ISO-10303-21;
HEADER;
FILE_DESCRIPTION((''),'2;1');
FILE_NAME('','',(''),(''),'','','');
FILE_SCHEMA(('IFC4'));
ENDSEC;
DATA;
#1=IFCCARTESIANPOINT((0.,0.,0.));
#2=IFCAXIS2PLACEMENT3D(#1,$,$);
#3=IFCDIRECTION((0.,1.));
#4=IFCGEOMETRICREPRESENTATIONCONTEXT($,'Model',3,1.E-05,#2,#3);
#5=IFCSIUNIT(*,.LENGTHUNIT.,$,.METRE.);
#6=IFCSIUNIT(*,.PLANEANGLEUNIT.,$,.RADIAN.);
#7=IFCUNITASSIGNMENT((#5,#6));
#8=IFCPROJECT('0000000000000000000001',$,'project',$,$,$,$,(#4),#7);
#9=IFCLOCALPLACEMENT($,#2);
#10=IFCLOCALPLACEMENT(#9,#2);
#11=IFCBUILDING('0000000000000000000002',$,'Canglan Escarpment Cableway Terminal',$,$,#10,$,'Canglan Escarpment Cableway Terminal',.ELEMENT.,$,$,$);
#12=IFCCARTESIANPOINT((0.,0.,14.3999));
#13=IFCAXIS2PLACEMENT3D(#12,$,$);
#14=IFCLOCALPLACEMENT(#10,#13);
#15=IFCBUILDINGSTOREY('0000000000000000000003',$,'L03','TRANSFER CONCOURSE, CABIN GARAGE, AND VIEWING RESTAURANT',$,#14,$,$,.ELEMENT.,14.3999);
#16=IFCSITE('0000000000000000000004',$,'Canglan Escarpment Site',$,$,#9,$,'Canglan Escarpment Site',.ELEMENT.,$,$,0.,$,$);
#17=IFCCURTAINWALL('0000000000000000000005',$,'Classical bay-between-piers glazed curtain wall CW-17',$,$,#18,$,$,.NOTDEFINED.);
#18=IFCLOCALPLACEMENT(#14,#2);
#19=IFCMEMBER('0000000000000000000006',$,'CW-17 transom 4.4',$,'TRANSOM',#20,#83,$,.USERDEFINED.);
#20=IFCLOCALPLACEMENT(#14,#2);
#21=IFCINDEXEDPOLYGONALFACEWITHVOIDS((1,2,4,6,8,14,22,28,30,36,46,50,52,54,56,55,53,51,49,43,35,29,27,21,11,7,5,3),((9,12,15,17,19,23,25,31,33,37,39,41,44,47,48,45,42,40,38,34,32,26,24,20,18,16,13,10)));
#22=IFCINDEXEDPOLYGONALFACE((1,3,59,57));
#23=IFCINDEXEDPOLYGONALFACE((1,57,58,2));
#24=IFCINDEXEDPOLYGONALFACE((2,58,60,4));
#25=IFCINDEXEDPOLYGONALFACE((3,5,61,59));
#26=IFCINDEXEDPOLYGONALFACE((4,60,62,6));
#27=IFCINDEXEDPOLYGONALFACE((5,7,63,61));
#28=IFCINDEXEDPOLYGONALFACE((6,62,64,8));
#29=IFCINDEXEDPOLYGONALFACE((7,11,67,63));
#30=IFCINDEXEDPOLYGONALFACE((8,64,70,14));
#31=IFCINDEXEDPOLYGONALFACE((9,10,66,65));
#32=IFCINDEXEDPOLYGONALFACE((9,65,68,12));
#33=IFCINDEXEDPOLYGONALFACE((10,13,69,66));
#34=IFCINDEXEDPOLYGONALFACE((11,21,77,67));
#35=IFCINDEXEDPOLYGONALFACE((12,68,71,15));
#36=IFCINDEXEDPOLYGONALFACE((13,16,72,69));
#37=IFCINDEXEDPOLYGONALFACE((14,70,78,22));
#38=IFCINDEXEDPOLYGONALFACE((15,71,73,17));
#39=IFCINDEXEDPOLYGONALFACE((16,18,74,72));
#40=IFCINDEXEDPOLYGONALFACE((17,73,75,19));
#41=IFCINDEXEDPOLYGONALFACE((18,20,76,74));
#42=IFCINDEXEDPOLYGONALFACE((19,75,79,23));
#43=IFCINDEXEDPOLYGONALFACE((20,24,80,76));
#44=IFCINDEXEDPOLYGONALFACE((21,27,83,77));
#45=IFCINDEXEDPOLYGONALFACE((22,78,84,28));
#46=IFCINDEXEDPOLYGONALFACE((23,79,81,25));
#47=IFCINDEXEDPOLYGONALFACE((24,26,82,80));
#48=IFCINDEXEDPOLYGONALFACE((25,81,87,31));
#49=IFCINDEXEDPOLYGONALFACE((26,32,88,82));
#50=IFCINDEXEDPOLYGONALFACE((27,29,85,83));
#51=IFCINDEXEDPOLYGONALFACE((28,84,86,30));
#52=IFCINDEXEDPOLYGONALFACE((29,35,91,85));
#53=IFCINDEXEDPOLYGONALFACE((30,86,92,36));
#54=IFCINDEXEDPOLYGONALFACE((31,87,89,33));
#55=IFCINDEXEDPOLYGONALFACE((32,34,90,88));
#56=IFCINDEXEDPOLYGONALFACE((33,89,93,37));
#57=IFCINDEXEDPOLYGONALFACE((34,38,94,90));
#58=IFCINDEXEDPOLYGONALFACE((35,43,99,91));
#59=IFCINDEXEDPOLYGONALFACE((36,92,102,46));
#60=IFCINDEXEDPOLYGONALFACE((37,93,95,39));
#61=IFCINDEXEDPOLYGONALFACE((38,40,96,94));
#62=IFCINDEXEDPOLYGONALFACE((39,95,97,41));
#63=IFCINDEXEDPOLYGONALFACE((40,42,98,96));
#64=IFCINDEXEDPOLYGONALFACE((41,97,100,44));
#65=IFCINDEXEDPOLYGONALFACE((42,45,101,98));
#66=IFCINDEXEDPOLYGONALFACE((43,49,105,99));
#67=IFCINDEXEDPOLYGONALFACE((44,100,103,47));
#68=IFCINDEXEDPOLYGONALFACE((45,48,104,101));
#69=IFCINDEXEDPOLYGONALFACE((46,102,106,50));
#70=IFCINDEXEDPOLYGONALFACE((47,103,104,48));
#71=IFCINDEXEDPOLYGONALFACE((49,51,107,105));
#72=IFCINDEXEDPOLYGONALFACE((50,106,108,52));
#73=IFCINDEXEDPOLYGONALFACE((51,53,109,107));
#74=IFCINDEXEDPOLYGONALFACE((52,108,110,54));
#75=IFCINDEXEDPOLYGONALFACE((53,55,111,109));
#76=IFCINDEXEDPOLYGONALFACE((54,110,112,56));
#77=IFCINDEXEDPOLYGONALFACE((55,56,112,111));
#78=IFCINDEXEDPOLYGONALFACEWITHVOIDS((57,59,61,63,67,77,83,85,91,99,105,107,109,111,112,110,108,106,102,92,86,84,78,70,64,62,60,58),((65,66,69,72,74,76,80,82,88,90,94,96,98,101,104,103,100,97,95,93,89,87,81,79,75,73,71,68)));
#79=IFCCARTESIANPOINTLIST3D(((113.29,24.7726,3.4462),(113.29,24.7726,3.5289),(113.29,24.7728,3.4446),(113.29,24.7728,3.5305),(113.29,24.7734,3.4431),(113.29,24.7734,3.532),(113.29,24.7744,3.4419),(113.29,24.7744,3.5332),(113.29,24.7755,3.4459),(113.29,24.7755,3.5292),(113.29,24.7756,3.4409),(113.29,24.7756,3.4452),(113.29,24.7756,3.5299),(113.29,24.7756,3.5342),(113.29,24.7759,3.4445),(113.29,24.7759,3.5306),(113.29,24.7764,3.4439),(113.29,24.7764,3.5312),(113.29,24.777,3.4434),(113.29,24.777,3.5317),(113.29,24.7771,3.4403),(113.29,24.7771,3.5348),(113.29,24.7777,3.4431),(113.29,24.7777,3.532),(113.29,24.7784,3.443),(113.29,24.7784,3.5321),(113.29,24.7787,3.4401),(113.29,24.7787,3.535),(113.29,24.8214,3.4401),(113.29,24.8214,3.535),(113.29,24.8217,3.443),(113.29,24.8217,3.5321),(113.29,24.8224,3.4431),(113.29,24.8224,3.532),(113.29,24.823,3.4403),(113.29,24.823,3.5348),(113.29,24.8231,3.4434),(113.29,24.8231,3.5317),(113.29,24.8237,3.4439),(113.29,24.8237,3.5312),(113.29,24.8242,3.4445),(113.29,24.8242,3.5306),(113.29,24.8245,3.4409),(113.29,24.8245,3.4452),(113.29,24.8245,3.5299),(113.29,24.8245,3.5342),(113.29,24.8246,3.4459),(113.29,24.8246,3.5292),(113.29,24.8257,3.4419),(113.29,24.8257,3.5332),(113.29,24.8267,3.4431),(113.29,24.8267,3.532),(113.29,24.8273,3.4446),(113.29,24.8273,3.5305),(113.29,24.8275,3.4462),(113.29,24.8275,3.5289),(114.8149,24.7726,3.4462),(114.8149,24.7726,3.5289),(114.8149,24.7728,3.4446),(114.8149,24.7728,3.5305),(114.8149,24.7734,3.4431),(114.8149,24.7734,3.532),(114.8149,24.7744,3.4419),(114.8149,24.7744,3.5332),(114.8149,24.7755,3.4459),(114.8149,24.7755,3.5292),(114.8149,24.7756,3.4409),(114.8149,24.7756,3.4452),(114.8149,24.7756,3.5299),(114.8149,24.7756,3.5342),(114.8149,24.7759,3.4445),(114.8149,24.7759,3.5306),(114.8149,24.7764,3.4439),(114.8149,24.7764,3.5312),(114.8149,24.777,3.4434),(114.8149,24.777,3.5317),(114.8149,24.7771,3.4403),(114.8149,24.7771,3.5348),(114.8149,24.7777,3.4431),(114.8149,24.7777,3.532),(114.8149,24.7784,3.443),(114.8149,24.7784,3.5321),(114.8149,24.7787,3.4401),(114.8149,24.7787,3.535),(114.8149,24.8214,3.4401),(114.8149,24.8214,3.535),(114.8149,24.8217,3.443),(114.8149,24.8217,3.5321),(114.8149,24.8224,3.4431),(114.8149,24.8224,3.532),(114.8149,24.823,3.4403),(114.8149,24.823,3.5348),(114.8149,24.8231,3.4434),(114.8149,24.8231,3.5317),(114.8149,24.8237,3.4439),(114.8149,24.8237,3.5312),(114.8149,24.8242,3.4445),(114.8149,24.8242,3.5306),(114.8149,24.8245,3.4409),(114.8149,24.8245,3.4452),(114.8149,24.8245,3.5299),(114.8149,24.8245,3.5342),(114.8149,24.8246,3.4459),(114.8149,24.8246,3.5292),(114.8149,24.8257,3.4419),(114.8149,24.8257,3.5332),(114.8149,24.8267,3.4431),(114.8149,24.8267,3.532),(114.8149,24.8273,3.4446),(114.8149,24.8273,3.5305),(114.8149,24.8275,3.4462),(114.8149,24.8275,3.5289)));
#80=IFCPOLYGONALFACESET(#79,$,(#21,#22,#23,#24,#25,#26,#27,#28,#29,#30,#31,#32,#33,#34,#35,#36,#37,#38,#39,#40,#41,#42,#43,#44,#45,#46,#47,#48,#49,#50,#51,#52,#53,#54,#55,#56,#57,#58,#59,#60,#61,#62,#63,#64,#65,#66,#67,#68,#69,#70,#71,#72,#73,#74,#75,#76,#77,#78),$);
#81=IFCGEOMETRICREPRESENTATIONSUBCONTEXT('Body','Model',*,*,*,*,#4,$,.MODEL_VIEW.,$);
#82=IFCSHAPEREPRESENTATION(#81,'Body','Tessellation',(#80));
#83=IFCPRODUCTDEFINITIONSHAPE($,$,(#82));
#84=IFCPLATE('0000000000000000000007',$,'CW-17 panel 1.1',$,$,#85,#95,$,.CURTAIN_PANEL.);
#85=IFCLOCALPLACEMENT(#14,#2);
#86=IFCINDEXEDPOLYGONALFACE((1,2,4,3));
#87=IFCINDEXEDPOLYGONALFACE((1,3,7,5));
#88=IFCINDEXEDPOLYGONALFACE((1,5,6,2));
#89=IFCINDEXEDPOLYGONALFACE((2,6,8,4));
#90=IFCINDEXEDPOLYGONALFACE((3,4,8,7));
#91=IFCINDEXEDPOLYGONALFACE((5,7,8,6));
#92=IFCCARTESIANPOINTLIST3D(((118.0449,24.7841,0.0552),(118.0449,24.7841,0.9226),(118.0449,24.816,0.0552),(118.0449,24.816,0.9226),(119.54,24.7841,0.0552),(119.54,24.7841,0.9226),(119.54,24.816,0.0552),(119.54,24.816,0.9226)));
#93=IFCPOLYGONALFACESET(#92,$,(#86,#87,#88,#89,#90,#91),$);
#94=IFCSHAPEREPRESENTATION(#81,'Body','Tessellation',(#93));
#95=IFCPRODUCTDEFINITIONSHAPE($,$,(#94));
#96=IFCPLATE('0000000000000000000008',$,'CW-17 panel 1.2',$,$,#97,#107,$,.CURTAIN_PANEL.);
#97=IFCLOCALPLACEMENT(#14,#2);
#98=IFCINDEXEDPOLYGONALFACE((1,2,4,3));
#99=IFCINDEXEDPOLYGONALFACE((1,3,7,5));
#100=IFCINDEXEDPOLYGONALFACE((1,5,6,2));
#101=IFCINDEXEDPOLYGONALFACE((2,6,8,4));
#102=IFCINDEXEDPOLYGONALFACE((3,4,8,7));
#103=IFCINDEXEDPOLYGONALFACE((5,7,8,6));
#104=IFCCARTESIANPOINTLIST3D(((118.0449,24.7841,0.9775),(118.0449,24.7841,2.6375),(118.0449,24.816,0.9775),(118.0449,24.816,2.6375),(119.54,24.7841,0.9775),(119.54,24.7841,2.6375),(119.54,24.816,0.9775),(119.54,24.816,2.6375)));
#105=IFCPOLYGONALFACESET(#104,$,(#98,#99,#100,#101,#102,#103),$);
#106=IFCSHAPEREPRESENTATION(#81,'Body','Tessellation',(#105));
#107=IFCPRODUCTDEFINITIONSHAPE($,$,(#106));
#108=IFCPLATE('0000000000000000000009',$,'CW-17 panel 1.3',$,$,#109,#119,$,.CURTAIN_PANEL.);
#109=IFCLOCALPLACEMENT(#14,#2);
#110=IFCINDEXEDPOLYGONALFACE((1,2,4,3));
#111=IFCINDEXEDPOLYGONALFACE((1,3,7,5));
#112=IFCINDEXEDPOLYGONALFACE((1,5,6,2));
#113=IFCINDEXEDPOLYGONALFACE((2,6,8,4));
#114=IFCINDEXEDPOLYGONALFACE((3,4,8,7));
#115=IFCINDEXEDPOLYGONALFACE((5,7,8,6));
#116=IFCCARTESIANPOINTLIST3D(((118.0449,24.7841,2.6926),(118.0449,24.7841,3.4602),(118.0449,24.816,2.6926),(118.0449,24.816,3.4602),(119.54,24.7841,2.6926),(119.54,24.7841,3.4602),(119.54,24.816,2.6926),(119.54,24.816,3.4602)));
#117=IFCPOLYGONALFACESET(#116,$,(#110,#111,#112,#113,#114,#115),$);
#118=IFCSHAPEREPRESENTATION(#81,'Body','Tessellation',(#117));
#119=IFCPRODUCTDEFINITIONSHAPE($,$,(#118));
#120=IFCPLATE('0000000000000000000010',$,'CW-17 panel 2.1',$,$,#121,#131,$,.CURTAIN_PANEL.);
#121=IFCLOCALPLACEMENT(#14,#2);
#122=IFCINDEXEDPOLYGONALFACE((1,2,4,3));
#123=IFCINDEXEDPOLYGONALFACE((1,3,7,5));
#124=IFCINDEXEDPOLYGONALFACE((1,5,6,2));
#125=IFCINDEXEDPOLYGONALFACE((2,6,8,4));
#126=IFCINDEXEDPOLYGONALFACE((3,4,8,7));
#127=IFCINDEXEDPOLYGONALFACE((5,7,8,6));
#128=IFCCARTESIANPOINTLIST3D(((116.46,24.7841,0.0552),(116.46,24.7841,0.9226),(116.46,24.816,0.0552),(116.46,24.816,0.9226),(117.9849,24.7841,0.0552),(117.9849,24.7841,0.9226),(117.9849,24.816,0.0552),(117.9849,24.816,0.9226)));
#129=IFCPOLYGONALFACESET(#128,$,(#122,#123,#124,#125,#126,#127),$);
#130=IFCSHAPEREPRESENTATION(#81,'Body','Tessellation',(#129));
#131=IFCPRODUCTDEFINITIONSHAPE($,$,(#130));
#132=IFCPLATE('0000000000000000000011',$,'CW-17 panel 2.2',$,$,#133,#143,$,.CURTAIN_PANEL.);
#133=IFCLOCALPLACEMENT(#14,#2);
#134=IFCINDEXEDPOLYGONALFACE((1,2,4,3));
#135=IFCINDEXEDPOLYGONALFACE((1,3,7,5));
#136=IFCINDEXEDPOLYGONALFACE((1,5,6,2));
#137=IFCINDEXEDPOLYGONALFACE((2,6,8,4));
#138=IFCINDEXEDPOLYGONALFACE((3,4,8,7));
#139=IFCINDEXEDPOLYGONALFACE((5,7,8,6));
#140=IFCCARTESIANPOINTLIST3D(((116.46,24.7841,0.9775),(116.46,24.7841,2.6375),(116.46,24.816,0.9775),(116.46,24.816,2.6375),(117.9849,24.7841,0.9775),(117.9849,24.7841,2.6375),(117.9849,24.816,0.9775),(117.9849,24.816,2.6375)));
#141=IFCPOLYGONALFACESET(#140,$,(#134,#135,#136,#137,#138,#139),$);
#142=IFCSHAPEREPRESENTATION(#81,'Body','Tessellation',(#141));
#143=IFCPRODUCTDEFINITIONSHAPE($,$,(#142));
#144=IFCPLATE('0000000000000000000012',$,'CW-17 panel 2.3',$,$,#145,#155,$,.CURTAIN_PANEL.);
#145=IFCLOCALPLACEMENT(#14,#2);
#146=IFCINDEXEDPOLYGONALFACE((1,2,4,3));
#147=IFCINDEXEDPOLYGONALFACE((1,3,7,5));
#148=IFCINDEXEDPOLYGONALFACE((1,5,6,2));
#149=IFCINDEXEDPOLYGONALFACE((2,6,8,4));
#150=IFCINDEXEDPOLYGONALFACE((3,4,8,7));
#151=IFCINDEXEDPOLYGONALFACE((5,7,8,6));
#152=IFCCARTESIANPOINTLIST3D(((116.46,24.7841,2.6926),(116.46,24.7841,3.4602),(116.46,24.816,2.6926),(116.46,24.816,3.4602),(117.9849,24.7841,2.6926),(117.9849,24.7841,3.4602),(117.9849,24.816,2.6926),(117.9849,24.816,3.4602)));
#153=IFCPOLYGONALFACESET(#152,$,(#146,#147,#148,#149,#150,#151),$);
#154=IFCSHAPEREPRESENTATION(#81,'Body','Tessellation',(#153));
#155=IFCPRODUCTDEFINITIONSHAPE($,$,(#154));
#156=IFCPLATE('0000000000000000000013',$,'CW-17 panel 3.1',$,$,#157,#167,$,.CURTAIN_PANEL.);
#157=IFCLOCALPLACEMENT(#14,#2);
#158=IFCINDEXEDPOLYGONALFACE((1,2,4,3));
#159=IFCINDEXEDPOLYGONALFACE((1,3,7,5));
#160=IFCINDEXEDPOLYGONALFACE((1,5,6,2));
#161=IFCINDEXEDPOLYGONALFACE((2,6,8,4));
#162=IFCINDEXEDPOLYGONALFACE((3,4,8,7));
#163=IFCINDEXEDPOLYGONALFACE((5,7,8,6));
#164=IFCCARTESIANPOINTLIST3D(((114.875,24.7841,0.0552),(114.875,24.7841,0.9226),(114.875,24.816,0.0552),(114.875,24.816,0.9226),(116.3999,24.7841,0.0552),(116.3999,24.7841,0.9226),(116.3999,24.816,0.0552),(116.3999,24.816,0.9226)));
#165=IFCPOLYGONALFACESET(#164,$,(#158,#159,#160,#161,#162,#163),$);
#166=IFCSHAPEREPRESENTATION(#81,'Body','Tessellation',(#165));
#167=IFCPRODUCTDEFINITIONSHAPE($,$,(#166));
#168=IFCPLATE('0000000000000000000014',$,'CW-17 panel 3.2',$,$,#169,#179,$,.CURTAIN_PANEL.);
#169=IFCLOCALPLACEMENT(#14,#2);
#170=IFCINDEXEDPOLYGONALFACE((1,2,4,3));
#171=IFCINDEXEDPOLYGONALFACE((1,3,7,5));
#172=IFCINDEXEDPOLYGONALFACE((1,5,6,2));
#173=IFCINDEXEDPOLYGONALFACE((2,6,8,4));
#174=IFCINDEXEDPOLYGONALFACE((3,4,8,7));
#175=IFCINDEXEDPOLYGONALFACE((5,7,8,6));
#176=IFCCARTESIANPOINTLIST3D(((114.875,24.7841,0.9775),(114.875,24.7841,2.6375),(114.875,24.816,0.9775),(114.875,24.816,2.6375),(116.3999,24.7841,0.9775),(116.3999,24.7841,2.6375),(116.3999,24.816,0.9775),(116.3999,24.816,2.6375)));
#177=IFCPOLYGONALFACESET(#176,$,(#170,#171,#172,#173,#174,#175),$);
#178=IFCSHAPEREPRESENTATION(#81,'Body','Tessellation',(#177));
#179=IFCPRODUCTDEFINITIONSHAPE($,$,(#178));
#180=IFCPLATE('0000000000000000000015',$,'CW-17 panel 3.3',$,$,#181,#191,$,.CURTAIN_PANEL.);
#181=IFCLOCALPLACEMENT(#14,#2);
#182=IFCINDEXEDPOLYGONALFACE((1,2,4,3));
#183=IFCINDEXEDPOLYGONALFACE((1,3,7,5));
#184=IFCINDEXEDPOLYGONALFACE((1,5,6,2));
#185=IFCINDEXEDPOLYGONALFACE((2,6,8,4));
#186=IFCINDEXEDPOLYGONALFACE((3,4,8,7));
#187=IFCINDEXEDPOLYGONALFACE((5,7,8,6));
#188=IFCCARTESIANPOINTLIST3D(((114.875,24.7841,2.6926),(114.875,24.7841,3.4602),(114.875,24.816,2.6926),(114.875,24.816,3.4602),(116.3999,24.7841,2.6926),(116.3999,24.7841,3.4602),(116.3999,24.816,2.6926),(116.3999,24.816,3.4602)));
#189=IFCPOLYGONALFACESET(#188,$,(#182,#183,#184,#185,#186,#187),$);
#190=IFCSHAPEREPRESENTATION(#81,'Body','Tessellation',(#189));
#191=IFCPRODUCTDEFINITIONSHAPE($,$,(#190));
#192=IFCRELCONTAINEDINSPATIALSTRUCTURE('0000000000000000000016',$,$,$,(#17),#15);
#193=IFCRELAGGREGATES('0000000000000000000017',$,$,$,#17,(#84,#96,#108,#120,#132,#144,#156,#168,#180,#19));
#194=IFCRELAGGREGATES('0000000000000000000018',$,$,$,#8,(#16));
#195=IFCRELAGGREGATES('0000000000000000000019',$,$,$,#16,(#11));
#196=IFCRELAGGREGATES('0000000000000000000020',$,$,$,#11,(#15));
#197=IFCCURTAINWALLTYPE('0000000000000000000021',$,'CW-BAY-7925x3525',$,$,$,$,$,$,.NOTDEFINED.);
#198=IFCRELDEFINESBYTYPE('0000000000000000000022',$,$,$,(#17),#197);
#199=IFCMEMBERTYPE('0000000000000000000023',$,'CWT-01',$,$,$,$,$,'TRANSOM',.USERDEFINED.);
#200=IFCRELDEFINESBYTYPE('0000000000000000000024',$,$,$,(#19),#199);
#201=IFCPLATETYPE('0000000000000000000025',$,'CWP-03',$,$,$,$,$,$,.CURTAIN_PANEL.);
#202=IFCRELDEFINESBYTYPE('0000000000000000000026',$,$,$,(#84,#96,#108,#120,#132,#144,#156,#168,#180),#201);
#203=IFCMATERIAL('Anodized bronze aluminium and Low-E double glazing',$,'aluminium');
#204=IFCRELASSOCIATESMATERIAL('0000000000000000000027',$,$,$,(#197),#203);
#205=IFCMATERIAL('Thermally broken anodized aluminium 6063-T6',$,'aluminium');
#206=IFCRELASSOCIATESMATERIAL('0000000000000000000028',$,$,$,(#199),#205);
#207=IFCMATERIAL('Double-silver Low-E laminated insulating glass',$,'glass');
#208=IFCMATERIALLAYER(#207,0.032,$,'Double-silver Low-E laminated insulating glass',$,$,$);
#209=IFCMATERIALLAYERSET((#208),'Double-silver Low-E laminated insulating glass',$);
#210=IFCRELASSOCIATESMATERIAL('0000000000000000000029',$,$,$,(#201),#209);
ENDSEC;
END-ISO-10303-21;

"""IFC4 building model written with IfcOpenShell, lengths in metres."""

from ifc_helpers import new_model, si_unit, direction, frame, origin, origin_2d, place, context, subcontext, project, spatial, rectangle, hollow_rectangle, extrude, material, layer, layer_set, material_profile, profile_set, type_object, element, aggregate, save


model = new_model("IFC4")

# Units and contexts
model_context = context("Model", 3, precision=1e-05, world=origin(), true_north=direction((0.0, 1.0)))
body_context = subcontext(model_context, "Body", "Model", "MODEL_VIEW")
ifc_project = project(units=[si_unit("LENGTHUNIT", "METRE"), si_unit("PLANEANGLEUNIT", "RADIAN")], contexts=[model_context])

# Site, building, storey
site_placement = place(None, origin())
site = spatial("IfcSite", under=ifc_project, at=site_placement, Name="Canglan Escarpment Site", LongName="Canglan Escarpment Site", CompositionType="ELEMENT", RefElevation=0.0)
building_placement = place(site_placement, origin())
building = spatial("IfcBuilding", under=site, at=building_placement, Name="Canglan Escarpment Cableway Terminal", LongName="Canglan Escarpment Cableway Terminal", CompositionType="ELEMENT")
storey_placement = place(building_placement, frame((0.0, 0.0, 14.3999)))
storey = spatial("IfcBuildingStorey", under=building, at=storey_placement, Name="L03", Description="TRANSFER CONCOURSE, CABIN GARAGE, AND VIEWING RESTAURANT", CompositionType="ELEMENT", Elevation=14.3999)

# Curtain wall, member, plates
ifc_material_1 = material(Name="Anodized bronze aluminium and Low-E double glazing", Category="aluminium")
curtain_wall_type = type_object("IfcCurtainWallType", Name="CW-BAY-7925x3525", PredefinedType="NOTDEFINED", material=ifc_material_1)
curtain_wall_placement = place(storey_placement, origin())
curtain_wall = element("IfcCurtainWall", 1, at=curtain_wall_placement, inside=storey, type_object=curtain_wall_type, Name="Classical bay-between-piers glazed curtain wall CW-17", PredefinedType="NOTDEFINED")
ifc_material_2 = material(Name="Thermally broken anodized aluminium 6063-T6", Category="aluminium")
ifc_material_profile_1 = material_profile(ifc_material_2, hollow_rectangle(XDim=0.0549, YDim=0.095, WallThickness=0.0029, InnerFilletRadius=0.0029, OuterFilletRadius=0.0061, at=origin_2d()), Name="ALU-TRAN 55x95x3")
ifc_profile_set_1 = profile_set([ifc_material_profile_1], Name="Thermally broken anodized aluminium 6063-T6")
member_type_1 = type_object("IfcMemberType", Name="CWT-01", ElementType="TRANSOM", PredefinedType="USERDEFINED", material=ifc_profile_set_1)
member_1_placement = place(storey_placement, frame((114.8149, 24.8, 3.4875), z_axis=(-1.0, 0.0, 0.0), x_axis=(0.0, -1.0, 0.0)))
member_1 = element("IfcMember", 2, at=member_1_placement, type_object=member_type_1, Name="CW-17 transom 4.4", ObjectType="TRANSOM", PredefinedType="USERDEFINED", context=body_context, shape_type="SweptSolid", body=[
    extrude(hollow_rectangle(XDim=0.0549, YDim=0.095, WallThickness=0.0029, InnerFilletRadius=0.0029, OuterFilletRadius=0.0061, at=origin_2d()), origin(), (0.0, 0.0, 1.0), 1.5249),
])
ifc_material_3 = material(Name="Double-silver Low-E laminated insulating glass", Category="glass")
ifc_layer = layer(ifc_material_3, 0.032, Name="Double-silver Low-E laminated insulating glass")
ifc_layer_set = layer_set([ifc_layer], Name="Double-silver Low-E laminated insulating glass")
plate_type = type_object("IfcPlateType", Name="CWP-03", PredefinedType="CURTAIN_PANEL", material=ifc_layer_set)
plate_1_placement = place(storey_placement, frame((118.7925, 24.8, 0.0552), z_axis=(0.0, 0.0, 1.0), x_axis=(-1.0, 0.0, 0.0)))
plate_1 = element("IfcPlate", 3, at=plate_1_placement, type_object=plate_type, Name="CW-17 panel 1.1", PredefinedType="CURTAIN_PANEL", context=body_context, shape_type="SweptSolid", body=[
    extrude(rectangle(XDim=1.4951, YDim=0.032, at=origin_2d()), origin(), (0.0, 0.0, 1.0), 0.8674),
])
plate_2_placement = place(storey_placement, frame((118.7925, 24.8, 0.9775), z_axis=(0.0, 0.0, 1.0), x_axis=(-1.0, 0.0, 0.0)))
plate_2 = element("IfcPlate", 4, at=plate_2_placement, type_object=plate_type, Name="CW-17 panel 1.2", PredefinedType="CURTAIN_PANEL", context=body_context, shape_type="SweptSolid", body=[
    extrude(rectangle(XDim=1.4951, YDim=0.032, at=origin_2d()), origin(), (0.0, 0.0, 1.0), 1.6599),
])
plate_3_placement = place(storey_placement, frame((118.7925, 24.8, 2.6926), z_axis=(0.0, 0.0, 1.0), x_axis=(-1.0, 0.0, 0.0)))
plate_3 = element("IfcPlate", 5, at=plate_3_placement, type_object=plate_type, Name="CW-17 panel 1.3", PredefinedType="CURTAIN_PANEL", context=body_context, shape_type="SweptSolid", body=[
    extrude(rectangle(XDim=1.4951, YDim=0.032, at=origin_2d()), origin(), (0.0, 0.0, 1.0), 0.7676),
])
plate_4_placement = place(storey_placement, frame((117.2224, 24.8, 0.0552), z_axis=(0.0, 0.0, 1.0), x_axis=(-1.0, 0.0, 0.0)))
plate_4 = element("IfcPlate", 6, at=plate_4_placement, type_object=plate_type, Name="CW-17 panel 2.1", PredefinedType="CURTAIN_PANEL", context=body_context, shape_type="SweptSolid", body=[
    extrude(rectangle(XDim=1.5249, YDim=0.032, at=origin_2d()), origin(), (0.0, 0.0, 1.0), 0.8674),
])
plate_5_placement = place(storey_placement, frame((117.2224, 24.8, 0.9775), z_axis=(0.0, 0.0, 1.0), x_axis=(-1.0, 0.0, 0.0)))
plate_5 = element("IfcPlate", 7, at=plate_5_placement, type_object=plate_type, Name="CW-17 panel 2.2", PredefinedType="CURTAIN_PANEL", context=body_context, shape_type="SweptSolid", body=[
    extrude(rectangle(XDim=1.5249, YDim=0.032, at=origin_2d()), origin(), (0.0, 0.0, 1.0), 1.6599),
])
plate_6_placement = place(storey_placement, frame((117.2224, 24.8, 2.6926), z_axis=(0.0, 0.0, 1.0), x_axis=(-1.0, 0.0, 0.0)))
plate_6 = element("IfcPlate", 8, at=plate_6_placement, type_object=plate_type, Name="CW-17 panel 2.3", PredefinedType="CURTAIN_PANEL", context=body_context, shape_type="SweptSolid", body=[
    extrude(rectangle(XDim=1.5249, YDim=0.032, at=origin_2d()), origin(), (0.0, 0.0, 1.0), 0.7676),
])
plate_7_placement = place(storey_placement, frame((115.6375, 24.8, 0.0552), z_axis=(0.0, 0.0, 1.0), x_axis=(-1.0, 0.0, 0.0)))
plate_7 = element("IfcPlate", 9, at=plate_7_placement, type_object=plate_type, Name="CW-17 panel 3.1", PredefinedType="CURTAIN_PANEL", context=body_context, shape_type="SweptSolid", body=[
    extrude(rectangle(XDim=1.5249, YDim=0.032, at=origin_2d()), origin(), (0.0, 0.0, 1.0), 0.8674),
])
plate_8_placement = place(storey_placement, frame((115.6375, 24.8, 0.9775), z_axis=(0.0, 0.0, 1.0), x_axis=(-1.0, 0.0, 0.0)))
plate_8 = element("IfcPlate", 10, at=plate_8_placement, type_object=plate_type, Name="CW-17 panel 3.2", PredefinedType="CURTAIN_PANEL", context=body_context, shape_type="SweptSolid", body=[
    extrude(rectangle(XDim=1.5249, YDim=0.032, at=origin_2d()), origin(), (0.0, 0.0, 1.0), 1.6599),
])
plate_9_placement = place(storey_placement, frame((115.6375, 24.8, 2.6926), z_axis=(0.0, 0.0, 1.0), x_axis=(-1.0, 0.0, 0.0)))
plate_9 = element("IfcPlate", 11, at=plate_9_placement, type_object=plate_type, Name="CW-17 panel 3.3", PredefinedType="CURTAIN_PANEL", context=body_context, shape_type="SweptSolid", body=[
    extrude(rectangle(XDim=1.5249, YDim=0.032, at=origin_2d()), origin(), (0.0, 0.0, 1.0), 0.7676),
])
aggregate(curtain_wall, [plate_1, plate_2, plate_3, plate_4, plate_5, plate_6, plate_7, plate_8, plate_9, member_1])

save(model, "model.ifc")
